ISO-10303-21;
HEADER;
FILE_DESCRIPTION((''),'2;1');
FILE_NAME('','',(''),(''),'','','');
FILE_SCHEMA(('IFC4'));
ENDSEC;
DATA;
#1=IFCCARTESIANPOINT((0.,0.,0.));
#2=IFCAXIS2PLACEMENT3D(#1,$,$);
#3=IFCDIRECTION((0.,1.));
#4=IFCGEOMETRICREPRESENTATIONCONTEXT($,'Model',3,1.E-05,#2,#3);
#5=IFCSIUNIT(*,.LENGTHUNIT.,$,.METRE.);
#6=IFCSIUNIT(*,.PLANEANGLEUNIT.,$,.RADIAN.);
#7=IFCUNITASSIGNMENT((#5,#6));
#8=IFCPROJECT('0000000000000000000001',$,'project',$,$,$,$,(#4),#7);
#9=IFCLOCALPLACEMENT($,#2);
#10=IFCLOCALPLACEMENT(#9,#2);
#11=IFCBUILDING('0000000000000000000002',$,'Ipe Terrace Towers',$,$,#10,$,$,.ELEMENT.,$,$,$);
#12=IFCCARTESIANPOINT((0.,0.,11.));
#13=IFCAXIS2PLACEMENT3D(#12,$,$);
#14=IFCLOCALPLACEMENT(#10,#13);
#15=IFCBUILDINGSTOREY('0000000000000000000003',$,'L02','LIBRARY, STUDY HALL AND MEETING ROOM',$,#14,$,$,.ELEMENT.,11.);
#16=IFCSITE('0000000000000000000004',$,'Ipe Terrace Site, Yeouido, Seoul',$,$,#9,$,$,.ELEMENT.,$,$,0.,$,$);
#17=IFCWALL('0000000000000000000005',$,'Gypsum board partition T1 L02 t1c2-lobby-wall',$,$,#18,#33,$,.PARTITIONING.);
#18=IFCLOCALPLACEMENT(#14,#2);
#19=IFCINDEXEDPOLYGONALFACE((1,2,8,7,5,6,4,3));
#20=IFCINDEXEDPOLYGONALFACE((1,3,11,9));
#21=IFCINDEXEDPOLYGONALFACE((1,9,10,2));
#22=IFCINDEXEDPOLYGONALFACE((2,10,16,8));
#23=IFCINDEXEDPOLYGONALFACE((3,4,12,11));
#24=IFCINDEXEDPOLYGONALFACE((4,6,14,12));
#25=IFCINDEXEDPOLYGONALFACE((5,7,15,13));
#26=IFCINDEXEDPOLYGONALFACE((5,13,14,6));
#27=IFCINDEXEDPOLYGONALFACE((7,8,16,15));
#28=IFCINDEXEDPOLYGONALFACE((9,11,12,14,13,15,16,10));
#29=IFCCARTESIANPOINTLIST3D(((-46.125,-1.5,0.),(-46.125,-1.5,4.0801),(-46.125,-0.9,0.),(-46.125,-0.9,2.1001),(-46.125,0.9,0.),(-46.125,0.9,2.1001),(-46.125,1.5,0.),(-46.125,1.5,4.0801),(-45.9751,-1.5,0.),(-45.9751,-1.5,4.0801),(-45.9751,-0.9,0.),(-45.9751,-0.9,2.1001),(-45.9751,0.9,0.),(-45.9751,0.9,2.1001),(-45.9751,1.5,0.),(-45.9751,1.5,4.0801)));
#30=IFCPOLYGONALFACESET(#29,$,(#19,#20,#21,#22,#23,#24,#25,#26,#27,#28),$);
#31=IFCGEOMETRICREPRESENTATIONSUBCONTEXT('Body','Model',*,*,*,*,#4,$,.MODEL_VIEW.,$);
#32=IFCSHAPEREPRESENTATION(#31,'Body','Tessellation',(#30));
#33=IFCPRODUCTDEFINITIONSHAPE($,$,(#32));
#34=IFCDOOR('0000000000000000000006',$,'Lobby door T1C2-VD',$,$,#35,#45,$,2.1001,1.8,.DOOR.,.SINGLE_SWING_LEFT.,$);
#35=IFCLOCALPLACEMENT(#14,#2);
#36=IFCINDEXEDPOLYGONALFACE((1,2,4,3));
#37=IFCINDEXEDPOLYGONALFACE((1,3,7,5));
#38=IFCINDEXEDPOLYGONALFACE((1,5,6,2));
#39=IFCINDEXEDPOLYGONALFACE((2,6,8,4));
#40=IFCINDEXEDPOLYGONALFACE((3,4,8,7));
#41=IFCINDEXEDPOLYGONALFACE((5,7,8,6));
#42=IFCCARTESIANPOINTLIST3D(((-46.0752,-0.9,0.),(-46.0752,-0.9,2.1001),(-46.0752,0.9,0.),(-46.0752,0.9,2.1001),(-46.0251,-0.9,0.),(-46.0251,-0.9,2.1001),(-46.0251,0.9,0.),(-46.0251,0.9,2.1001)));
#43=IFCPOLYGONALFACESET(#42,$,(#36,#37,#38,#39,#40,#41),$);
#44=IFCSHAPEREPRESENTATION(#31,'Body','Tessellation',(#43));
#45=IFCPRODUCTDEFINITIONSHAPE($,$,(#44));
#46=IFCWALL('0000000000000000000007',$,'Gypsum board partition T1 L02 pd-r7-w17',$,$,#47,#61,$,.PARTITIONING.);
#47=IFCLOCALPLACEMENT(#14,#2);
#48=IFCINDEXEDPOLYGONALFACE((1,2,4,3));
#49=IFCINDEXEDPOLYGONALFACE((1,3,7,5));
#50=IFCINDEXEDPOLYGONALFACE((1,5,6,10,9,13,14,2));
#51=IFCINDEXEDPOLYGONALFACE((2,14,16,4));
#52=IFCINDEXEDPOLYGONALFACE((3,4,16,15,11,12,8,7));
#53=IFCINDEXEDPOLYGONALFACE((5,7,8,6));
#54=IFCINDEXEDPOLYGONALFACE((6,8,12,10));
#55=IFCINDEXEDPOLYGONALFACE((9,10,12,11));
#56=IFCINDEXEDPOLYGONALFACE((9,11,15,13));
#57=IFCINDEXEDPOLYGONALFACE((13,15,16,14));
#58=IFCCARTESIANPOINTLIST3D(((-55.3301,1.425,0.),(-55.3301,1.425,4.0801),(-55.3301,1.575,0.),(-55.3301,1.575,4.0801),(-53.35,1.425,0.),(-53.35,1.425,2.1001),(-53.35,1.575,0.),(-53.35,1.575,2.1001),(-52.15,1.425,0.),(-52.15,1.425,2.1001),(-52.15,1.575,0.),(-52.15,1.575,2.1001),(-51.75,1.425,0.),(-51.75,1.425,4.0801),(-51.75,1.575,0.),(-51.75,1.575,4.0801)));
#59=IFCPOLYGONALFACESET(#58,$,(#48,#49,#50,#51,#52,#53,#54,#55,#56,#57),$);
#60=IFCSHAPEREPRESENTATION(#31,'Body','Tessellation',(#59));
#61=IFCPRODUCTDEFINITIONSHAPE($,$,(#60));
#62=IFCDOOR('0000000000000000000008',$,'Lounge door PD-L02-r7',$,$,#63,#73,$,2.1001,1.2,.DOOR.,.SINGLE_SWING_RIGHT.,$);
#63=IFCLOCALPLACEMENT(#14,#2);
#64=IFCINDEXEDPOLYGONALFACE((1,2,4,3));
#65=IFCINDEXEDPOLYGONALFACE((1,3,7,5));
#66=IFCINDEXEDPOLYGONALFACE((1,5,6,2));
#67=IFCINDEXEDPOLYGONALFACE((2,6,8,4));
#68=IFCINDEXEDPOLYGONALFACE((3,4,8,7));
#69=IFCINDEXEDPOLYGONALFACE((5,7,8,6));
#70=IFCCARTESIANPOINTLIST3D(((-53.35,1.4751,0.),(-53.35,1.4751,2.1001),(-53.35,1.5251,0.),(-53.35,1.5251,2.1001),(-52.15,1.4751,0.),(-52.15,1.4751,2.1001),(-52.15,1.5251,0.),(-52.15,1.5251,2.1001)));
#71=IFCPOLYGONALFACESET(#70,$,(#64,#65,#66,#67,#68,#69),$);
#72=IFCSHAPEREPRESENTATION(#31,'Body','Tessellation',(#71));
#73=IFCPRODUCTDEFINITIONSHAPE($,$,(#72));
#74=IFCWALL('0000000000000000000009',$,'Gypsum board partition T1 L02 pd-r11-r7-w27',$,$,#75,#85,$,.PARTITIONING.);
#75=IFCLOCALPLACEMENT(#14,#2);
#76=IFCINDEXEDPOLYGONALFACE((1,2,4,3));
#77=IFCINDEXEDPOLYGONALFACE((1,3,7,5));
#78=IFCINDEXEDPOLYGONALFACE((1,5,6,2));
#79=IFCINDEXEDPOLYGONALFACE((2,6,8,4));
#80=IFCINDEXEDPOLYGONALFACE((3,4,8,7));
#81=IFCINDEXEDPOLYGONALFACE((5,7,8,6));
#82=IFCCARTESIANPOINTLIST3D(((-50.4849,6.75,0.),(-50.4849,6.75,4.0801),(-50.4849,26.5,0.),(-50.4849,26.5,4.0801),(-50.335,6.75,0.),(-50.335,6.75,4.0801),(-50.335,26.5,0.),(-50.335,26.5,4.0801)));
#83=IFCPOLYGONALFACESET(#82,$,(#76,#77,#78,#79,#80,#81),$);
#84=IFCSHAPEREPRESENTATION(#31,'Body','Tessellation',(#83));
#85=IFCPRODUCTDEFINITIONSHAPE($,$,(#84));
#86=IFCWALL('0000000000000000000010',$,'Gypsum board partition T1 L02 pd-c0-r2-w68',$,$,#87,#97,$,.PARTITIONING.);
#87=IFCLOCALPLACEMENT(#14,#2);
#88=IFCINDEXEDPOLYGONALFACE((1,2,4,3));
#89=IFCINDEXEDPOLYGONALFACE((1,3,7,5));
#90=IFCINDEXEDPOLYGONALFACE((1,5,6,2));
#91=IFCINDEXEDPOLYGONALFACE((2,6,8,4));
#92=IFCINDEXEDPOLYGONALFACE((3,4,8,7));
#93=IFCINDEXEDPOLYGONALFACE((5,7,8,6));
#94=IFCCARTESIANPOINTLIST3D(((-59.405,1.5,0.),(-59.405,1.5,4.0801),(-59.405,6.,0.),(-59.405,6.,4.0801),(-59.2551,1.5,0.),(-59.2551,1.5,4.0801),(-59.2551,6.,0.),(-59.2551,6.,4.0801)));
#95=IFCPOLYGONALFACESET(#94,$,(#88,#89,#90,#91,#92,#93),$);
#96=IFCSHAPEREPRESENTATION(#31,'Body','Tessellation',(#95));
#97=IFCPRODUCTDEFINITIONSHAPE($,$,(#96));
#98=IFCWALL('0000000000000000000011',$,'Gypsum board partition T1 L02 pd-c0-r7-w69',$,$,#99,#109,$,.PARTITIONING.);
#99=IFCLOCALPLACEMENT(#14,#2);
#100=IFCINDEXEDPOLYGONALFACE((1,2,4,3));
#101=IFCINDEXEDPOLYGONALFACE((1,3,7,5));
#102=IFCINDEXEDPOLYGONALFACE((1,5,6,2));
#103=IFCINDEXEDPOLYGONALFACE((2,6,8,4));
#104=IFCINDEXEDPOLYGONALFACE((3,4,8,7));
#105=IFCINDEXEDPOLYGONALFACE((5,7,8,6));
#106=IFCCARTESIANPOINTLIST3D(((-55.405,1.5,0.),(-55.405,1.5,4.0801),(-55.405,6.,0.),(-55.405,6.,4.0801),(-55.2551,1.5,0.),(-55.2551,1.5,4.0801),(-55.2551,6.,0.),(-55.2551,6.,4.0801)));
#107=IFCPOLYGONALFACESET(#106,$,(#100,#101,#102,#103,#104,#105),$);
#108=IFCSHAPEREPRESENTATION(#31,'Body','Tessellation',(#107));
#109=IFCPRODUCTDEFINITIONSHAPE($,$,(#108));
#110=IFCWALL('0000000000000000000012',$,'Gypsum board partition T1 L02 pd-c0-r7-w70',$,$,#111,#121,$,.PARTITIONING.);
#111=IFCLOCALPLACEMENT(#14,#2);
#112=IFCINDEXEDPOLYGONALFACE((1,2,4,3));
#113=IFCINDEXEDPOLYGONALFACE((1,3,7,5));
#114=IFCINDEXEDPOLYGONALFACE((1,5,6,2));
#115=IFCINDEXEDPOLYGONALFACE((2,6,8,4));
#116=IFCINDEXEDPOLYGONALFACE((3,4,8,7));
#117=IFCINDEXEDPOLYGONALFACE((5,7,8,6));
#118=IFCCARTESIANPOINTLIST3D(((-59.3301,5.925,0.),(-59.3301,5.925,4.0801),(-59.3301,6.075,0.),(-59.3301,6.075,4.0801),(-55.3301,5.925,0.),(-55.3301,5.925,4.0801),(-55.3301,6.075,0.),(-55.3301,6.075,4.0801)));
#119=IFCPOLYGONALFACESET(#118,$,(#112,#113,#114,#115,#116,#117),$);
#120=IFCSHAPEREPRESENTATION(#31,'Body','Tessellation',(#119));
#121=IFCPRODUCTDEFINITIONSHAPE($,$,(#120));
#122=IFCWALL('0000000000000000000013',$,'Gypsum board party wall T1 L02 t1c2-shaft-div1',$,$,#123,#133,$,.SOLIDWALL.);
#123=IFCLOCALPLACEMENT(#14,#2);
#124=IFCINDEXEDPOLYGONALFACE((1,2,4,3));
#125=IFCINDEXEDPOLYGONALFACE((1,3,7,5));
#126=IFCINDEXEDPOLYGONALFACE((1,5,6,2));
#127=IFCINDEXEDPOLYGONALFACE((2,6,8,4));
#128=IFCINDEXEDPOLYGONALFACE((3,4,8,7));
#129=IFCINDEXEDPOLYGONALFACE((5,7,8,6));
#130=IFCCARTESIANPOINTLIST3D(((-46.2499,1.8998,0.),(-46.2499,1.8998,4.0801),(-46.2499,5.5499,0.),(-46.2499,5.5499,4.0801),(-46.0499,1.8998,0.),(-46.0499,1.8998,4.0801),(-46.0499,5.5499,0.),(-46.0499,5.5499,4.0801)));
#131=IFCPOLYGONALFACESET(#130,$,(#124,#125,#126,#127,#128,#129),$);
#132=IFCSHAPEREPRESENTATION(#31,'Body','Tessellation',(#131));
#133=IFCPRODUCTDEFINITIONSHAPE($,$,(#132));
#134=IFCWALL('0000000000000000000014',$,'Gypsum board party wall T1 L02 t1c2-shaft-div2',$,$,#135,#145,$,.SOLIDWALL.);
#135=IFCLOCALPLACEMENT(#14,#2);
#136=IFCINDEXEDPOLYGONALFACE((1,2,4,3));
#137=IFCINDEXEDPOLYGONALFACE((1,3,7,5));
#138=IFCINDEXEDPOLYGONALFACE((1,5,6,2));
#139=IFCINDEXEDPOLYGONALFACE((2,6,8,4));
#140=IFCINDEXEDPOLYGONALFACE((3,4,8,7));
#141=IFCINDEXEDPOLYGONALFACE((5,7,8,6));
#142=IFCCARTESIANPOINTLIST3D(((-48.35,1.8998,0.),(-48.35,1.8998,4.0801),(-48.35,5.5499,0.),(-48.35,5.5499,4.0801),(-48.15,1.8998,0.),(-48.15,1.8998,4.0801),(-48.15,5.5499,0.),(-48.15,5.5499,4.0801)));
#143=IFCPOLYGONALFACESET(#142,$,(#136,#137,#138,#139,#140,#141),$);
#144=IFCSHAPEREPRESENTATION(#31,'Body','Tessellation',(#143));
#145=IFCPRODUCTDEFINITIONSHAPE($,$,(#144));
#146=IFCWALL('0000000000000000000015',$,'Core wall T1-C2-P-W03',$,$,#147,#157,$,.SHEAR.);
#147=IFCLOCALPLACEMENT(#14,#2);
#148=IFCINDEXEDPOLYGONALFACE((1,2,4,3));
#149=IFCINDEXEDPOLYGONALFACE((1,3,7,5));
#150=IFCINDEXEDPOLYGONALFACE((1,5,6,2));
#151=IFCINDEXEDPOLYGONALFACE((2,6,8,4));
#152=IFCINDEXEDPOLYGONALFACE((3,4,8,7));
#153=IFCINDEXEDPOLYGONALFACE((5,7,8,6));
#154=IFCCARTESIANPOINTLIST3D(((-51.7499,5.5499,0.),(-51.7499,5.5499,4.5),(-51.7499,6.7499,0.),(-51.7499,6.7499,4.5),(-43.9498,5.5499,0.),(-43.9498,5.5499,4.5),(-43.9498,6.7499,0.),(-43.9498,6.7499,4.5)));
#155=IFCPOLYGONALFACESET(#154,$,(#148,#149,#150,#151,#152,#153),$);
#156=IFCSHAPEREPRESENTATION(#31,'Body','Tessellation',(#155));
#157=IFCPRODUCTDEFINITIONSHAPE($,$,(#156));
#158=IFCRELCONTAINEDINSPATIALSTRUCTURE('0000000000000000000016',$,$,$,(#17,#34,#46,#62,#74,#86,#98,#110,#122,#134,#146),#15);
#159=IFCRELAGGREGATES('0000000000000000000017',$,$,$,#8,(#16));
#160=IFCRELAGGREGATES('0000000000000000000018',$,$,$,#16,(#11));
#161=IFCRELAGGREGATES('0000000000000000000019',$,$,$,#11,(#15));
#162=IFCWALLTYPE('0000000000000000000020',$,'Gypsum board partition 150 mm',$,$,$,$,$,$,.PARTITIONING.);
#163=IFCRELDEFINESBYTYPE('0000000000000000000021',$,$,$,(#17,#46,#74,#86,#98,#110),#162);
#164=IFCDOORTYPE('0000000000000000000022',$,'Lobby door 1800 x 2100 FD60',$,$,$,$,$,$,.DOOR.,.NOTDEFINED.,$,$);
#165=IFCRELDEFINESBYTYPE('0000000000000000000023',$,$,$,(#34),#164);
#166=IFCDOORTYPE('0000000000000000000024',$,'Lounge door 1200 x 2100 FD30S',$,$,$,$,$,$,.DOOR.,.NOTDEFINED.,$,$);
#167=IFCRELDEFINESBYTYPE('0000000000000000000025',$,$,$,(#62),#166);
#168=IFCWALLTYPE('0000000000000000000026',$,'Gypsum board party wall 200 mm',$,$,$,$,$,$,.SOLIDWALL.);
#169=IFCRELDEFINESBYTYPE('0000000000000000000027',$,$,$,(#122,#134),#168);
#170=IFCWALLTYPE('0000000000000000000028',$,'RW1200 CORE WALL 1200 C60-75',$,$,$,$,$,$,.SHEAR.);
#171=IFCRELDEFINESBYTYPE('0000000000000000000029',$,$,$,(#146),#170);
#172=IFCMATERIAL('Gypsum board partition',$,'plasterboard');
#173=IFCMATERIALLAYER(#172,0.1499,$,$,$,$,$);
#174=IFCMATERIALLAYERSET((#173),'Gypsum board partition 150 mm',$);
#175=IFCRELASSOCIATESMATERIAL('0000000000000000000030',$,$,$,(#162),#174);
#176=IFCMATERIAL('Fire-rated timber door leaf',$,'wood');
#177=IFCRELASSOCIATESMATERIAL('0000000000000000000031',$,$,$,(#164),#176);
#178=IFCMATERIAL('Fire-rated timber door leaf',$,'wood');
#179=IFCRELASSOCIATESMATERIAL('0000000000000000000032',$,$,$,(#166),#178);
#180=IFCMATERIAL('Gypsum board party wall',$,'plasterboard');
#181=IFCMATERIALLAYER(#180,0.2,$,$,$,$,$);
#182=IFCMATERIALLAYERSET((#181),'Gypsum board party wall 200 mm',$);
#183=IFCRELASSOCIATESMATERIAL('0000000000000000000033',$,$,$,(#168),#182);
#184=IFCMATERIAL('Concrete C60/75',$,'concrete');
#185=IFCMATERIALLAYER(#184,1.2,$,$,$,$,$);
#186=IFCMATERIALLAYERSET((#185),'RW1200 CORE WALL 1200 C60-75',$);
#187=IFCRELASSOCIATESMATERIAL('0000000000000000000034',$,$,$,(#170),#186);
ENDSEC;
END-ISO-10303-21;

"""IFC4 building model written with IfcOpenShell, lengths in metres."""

from ifc_helpers import new_model, si_unit, direction, frame, frame_2d, origin, place, context, subcontext, project, spatial, rectangle, extrude, material, layer, layer_set, type_object, element, fill, save


model = new_model("IFC4")

# Units and contexts
model_context = context("Model", 3, precision=1e-05, world=origin(), true_north=direction((0.0, 1.0)))
body_context = subcontext(model_context, "Body", "Model", "MODEL_VIEW")
ifc_project = project(units=[si_unit("LENGTHUNIT", "METRE"), si_unit("PLANEANGLEUNIT", "RADIAN")], contexts=[model_context])

# Site, building, storey
site_placement = place(None, origin())
site = spatial("IfcSite", under=ifc_project, at=site_placement, Name="Ipe Terrace Site, Yeouido, Seoul", CompositionType="ELEMENT", RefElevation=0.0)
building_placement = place(site_placement, origin())
building = spatial("IfcBuilding", under=site, at=building_placement, Name="Ipe Terrace Towers", CompositionType="ELEMENT")
storey_placement = place(building_placement, frame((0.0, 0.0, 11.0)))
storey = spatial("IfcBuildingStorey", under=building, at=storey_placement, Name="L02", Description="LIBRARY, STUDY HALL AND MEETING ROOM", CompositionType="ELEMENT", Elevation=11.0)

# Walls, openings, doors
ifc_material_1 = material(Name="Gypsum board partition", Category="plasterboard")
ifc_layer_1 = layer(ifc_material_1, 0.1499)
ifc_layer_set_1 = layer_set([ifc_layer_1], Name="Gypsum board partition 150 mm")
wall_type_1 = type_object("IfcWallType", Name="Gypsum board partition 150 mm", PredefinedType="PARTITIONING", material=ifc_layer_set_1)
wall_1_placement = place(storey_placement, frame((-46.05, 1.5, 0.0), z_axis=(0.0, 0.0, 1.0), x_axis=(0.0, -1.0, 0.0)))
wall_1 = element("IfcWall", 1, at=wall_1_placement, inside=storey, type_object=wall_type_1, Name="Gypsum board partition T1 L02 t1c2-lobby-wall", PredefinedType="PARTITIONING", context=body_context, shape_type="SweptSolid", body=[
    extrude(rectangle(XDim=3.0, YDim=0.1499, at=frame_2d((1.5, 0.0))), origin(), (0.0, 0.0, 1.0), 4.0801),
])
opening_1_placement = place(wall_1_placement, frame((0.6001, 0.0, 0.0)))
opening_1 = element("IfcOpeningElement", 2, at=opening_1_placement, cuts=wall_1, PredefinedType="OPENING", context=body_context, shape_type="SweptSolid", body=[
    extrude(rectangle(XDim=1.8, YDim=2.1001, at=frame_2d((0.8999, 1.05))), frame((0.0, 0.085, 0.0), z_axis=(0.0, -1.0, 0.0), x_axis=(1.0, 0.0, 0.0)), (0.0, 0.0, 1.0), 0.1699),
])
ifc_material_2 = material(Name="Fire-rated timber door leaf", Category="wood")
door_type_1 = type_object("IfcDoorType", Name="Lobby door 1800 x 2100 FD60", OperationType="NOTDEFINED", PredefinedType="DOOR", material=ifc_material_2)
door_1_placement = place(opening_1_placement, origin())
door_1 = element("IfcDoor", 3, at=door_1_placement, inside=storey, type_object=door_type_1, Name="Lobby door T1C2-VD", OperationType="SINGLE_SWING_LEFT", OverallHeight=2.1001, OverallWidth=1.8, PredefinedType="DOOR", context=body_context, shape_type="SweptSolid", body=[
    extrude(rectangle(XDim=1.8, YDim=2.1001, at=frame_2d((0.8999, 1.05))), frame((0.0, 0.0249, 0.0), z_axis=(0.0, -1.0, 0.0), x_axis=(1.0, 0.0, 0.0)), (0.0, 0.0, 1.0), 0.05),
])
fill(opening_1, door_1)
wall_2_placement = place(storey_placement, frame((-51.75, 1.5, 0.0), z_axis=(0.0, 0.0, 1.0), x_axis=(-1.0, 0.0, 0.0)))
wall_2 = element("IfcWall", 4, at=wall_2_placement, inside=storey, type_object=wall_type_1, Name="Gypsum board partition T1 L02 pd-r7-w17", PredefinedType="PARTITIONING", context=body_context, shape_type="SweptSolid", body=[
    extrude(rectangle(XDim=3.5801, YDim=0.1499, at=frame_2d((1.79, 0.0))), origin(), (0.0, 0.0, 1.0), 4.0801),
])
opening_2_placement = place(wall_2_placement, frame((0.3999, 0.0, 0.0)))
opening_2 = element("IfcOpeningElement", 5, at=opening_2_placement, cuts=wall_2, PredefinedType="OPENING", context=body_context, shape_type="SweptSolid", body=[
    extrude(rectangle(XDim=1.2, YDim=2.1001, at=frame_2d((0.6001, 1.05))), frame((0.0, 0.085, 0.0), z_axis=(0.0, -1.0, 0.0), x_axis=(1.0, 0.0, 0.0)), (0.0, 0.0, 1.0), 0.1699),
])
ifc_material_3 = material(Name="Fire-rated timber door leaf", Category="wood")
door_type_2 = type_object("IfcDoorType", Name="Lounge door 1200 x 2100 FD30S", OperationType="NOTDEFINED", PredefinedType="DOOR", material=ifc_material_3)
door_2_placement = place(opening_2_placement, origin())
door_2 = element("IfcDoor", 6, at=door_2_placement, inside=storey, type_object=door_type_2, Name="Lounge door PD-L02-r7", OperationType="SINGLE_SWING_RIGHT", OverallHeight=2.1001, OverallWidth=1.2, PredefinedType="DOOR", context=body_context, shape_type="SweptSolid", body=[
    extrude(rectangle(XDim=1.2, YDim=2.1001, at=frame_2d((0.6001, 1.05))), frame((0.0, 0.0249, 0.0), z_axis=(0.0, -1.0, 0.0), x_axis=(1.0, 0.0, 0.0)), (0.0, 0.0, 1.0), 0.05),
])
fill(opening_2, door_2)

# Walls
wall_3_placement = place(storey_placement, frame((-50.4099, 6.75, 0.0), z_axis=(0.0, 0.0, 1.0), x_axis=(0.0, 1.0, 0.0)))
element("IfcWall", 7, at=wall_3_placement, inside=storey, type_object=wall_type_1, Name="Gypsum board partition T1 L02 pd-r11-r7-w27", PredefinedType="PARTITIONING", context=body_context, shape_type="SweptSolid", body=[
    extrude(rectangle(XDim=19.75, YDim=0.1499, at=frame_2d((9.875, 0.0))), origin(), (0.0, 0.0, 1.0), 4.0801),
])
for number, where, z_axis, x_axis, name in (
    (8, (-59.3301, 6.0, 0.0), (0.0, 0.0, 1.0), (0.0, -1.0, 0.0), "Gypsum board partition T1 L02 pd-c0-r2-w68"),
    (9, (-55.3301, 1.5, 0.0), (0.0, 0.0, 1.0), (0.0, 1.0, 0.0), "Gypsum board partition T1 L02 pd-c0-r7-w69"),
):
    element("IfcWall", number, at=place(storey_placement, frame(where, z_axis=z_axis, x_axis=x_axis)), inside=storey, type_object=wall_type_1, Name=name, PredefinedType="PARTITIONING", context=body_context, shape_type="SweptSolid", body=[
        extrude(rectangle(XDim=4.5, YDim=0.1499, at=frame_2d((2.25, 0.0))), origin(), (0.0, 0.0, 1.0), 4.0801),
    ])
wall_4_placement = place(storey_placement, frame((-55.3301, 6.0, 0.0), z_axis=(0.0, 0.0, 1.0), x_axis=(-1.0, 0.0, 0.0)))
element("IfcWall", 10, at=wall_4_placement, inside=storey, type_object=wall_type_1, Name="Gypsum board partition T1 L02 pd-c0-r7-w70", PredefinedType="PARTITIONING", context=body_context, shape_type="SweptSolid", body=[
    extrude(rectangle(XDim=4.0, YDim=0.1499, at=frame_2d((2.0, 0.0))), origin(), (0.0, 0.0, 1.0), 4.0801),
])
ifc_material_4 = material(Name="Gypsum board party wall", Category="plasterboard")
ifc_layer_2 = layer(ifc_material_4, 0.2)
ifc_layer_set_2 = layer_set([ifc_layer_2], Name="Gypsum board party wall 200 mm")
wall_type_2 = type_object("IfcWallType", Name="Gypsum board party wall 200 mm", PredefinedType="SOLIDWALL", material=ifc_layer_set_2)
for number, where, z_axis, x_axis, name in (
    (11, (-46.1499, 5.55, 0.0), (0.0, 0.0, 1.0), (0.0, -1.0, 0.0), "Gypsum board party wall T1 L02 t1c2-shaft-div1"),
    (12, (-48.25, 5.55, 0.0), (0.0, 0.0, 1.0), (0.0, -1.0, 0.0), "Gypsum board party wall T1 L02 t1c2-shaft-div2"),
):
    element("IfcWall", number, at=place(storey_placement, frame(where, z_axis=z_axis, x_axis=x_axis)), inside=storey, type_object=wall_type_2, Name=name, PredefinedType="SOLIDWALL", context=body_context, shape_type="SweptSolid", body=[
        extrude(rectangle(XDim=3.6501, YDim=0.2, at=frame_2d((1.8252, 0.0))), origin(), (0.0, 0.0, 1.0), 4.0801),
    ])
ifc_material_5 = material(Name="Concrete C60/75", Category="concrete")
ifc_layer_3 = layer(ifc_material_5, 1.2)
ifc_layer_set_3 = layer_set([ifc_layer_3], Name="RW1200 CORE WALL 1200 C60-75")
wall_type_3 = type_object("IfcWallType", Name="RW1200 CORE WALL 1200 C60-75", PredefinedType="SHEAR", material=ifc_layer_set_3)
wall_5_placement = place(storey_placement, frame((-43.95, 6.1499, 0.0), z_axis=(0.0, 0.0, 1.0), x_axis=(-1.0, 0.0, 0.0)))
element("IfcWall", 13, at=wall_5_placement, inside=storey, type_object=wall_type_3, Name="Core wall T1-C2-P-W03", PredefinedType="SHEAR", context=body_context, shape_type="SweptSolid", body=[
    extrude(rectangle(XDim=7.8, YDim=1.2, at=frame_2d((3.8999, 0.0))), origin(), (0.0, 0.0, 1.0), 4.5),
])

save(model, "model.ifc")
